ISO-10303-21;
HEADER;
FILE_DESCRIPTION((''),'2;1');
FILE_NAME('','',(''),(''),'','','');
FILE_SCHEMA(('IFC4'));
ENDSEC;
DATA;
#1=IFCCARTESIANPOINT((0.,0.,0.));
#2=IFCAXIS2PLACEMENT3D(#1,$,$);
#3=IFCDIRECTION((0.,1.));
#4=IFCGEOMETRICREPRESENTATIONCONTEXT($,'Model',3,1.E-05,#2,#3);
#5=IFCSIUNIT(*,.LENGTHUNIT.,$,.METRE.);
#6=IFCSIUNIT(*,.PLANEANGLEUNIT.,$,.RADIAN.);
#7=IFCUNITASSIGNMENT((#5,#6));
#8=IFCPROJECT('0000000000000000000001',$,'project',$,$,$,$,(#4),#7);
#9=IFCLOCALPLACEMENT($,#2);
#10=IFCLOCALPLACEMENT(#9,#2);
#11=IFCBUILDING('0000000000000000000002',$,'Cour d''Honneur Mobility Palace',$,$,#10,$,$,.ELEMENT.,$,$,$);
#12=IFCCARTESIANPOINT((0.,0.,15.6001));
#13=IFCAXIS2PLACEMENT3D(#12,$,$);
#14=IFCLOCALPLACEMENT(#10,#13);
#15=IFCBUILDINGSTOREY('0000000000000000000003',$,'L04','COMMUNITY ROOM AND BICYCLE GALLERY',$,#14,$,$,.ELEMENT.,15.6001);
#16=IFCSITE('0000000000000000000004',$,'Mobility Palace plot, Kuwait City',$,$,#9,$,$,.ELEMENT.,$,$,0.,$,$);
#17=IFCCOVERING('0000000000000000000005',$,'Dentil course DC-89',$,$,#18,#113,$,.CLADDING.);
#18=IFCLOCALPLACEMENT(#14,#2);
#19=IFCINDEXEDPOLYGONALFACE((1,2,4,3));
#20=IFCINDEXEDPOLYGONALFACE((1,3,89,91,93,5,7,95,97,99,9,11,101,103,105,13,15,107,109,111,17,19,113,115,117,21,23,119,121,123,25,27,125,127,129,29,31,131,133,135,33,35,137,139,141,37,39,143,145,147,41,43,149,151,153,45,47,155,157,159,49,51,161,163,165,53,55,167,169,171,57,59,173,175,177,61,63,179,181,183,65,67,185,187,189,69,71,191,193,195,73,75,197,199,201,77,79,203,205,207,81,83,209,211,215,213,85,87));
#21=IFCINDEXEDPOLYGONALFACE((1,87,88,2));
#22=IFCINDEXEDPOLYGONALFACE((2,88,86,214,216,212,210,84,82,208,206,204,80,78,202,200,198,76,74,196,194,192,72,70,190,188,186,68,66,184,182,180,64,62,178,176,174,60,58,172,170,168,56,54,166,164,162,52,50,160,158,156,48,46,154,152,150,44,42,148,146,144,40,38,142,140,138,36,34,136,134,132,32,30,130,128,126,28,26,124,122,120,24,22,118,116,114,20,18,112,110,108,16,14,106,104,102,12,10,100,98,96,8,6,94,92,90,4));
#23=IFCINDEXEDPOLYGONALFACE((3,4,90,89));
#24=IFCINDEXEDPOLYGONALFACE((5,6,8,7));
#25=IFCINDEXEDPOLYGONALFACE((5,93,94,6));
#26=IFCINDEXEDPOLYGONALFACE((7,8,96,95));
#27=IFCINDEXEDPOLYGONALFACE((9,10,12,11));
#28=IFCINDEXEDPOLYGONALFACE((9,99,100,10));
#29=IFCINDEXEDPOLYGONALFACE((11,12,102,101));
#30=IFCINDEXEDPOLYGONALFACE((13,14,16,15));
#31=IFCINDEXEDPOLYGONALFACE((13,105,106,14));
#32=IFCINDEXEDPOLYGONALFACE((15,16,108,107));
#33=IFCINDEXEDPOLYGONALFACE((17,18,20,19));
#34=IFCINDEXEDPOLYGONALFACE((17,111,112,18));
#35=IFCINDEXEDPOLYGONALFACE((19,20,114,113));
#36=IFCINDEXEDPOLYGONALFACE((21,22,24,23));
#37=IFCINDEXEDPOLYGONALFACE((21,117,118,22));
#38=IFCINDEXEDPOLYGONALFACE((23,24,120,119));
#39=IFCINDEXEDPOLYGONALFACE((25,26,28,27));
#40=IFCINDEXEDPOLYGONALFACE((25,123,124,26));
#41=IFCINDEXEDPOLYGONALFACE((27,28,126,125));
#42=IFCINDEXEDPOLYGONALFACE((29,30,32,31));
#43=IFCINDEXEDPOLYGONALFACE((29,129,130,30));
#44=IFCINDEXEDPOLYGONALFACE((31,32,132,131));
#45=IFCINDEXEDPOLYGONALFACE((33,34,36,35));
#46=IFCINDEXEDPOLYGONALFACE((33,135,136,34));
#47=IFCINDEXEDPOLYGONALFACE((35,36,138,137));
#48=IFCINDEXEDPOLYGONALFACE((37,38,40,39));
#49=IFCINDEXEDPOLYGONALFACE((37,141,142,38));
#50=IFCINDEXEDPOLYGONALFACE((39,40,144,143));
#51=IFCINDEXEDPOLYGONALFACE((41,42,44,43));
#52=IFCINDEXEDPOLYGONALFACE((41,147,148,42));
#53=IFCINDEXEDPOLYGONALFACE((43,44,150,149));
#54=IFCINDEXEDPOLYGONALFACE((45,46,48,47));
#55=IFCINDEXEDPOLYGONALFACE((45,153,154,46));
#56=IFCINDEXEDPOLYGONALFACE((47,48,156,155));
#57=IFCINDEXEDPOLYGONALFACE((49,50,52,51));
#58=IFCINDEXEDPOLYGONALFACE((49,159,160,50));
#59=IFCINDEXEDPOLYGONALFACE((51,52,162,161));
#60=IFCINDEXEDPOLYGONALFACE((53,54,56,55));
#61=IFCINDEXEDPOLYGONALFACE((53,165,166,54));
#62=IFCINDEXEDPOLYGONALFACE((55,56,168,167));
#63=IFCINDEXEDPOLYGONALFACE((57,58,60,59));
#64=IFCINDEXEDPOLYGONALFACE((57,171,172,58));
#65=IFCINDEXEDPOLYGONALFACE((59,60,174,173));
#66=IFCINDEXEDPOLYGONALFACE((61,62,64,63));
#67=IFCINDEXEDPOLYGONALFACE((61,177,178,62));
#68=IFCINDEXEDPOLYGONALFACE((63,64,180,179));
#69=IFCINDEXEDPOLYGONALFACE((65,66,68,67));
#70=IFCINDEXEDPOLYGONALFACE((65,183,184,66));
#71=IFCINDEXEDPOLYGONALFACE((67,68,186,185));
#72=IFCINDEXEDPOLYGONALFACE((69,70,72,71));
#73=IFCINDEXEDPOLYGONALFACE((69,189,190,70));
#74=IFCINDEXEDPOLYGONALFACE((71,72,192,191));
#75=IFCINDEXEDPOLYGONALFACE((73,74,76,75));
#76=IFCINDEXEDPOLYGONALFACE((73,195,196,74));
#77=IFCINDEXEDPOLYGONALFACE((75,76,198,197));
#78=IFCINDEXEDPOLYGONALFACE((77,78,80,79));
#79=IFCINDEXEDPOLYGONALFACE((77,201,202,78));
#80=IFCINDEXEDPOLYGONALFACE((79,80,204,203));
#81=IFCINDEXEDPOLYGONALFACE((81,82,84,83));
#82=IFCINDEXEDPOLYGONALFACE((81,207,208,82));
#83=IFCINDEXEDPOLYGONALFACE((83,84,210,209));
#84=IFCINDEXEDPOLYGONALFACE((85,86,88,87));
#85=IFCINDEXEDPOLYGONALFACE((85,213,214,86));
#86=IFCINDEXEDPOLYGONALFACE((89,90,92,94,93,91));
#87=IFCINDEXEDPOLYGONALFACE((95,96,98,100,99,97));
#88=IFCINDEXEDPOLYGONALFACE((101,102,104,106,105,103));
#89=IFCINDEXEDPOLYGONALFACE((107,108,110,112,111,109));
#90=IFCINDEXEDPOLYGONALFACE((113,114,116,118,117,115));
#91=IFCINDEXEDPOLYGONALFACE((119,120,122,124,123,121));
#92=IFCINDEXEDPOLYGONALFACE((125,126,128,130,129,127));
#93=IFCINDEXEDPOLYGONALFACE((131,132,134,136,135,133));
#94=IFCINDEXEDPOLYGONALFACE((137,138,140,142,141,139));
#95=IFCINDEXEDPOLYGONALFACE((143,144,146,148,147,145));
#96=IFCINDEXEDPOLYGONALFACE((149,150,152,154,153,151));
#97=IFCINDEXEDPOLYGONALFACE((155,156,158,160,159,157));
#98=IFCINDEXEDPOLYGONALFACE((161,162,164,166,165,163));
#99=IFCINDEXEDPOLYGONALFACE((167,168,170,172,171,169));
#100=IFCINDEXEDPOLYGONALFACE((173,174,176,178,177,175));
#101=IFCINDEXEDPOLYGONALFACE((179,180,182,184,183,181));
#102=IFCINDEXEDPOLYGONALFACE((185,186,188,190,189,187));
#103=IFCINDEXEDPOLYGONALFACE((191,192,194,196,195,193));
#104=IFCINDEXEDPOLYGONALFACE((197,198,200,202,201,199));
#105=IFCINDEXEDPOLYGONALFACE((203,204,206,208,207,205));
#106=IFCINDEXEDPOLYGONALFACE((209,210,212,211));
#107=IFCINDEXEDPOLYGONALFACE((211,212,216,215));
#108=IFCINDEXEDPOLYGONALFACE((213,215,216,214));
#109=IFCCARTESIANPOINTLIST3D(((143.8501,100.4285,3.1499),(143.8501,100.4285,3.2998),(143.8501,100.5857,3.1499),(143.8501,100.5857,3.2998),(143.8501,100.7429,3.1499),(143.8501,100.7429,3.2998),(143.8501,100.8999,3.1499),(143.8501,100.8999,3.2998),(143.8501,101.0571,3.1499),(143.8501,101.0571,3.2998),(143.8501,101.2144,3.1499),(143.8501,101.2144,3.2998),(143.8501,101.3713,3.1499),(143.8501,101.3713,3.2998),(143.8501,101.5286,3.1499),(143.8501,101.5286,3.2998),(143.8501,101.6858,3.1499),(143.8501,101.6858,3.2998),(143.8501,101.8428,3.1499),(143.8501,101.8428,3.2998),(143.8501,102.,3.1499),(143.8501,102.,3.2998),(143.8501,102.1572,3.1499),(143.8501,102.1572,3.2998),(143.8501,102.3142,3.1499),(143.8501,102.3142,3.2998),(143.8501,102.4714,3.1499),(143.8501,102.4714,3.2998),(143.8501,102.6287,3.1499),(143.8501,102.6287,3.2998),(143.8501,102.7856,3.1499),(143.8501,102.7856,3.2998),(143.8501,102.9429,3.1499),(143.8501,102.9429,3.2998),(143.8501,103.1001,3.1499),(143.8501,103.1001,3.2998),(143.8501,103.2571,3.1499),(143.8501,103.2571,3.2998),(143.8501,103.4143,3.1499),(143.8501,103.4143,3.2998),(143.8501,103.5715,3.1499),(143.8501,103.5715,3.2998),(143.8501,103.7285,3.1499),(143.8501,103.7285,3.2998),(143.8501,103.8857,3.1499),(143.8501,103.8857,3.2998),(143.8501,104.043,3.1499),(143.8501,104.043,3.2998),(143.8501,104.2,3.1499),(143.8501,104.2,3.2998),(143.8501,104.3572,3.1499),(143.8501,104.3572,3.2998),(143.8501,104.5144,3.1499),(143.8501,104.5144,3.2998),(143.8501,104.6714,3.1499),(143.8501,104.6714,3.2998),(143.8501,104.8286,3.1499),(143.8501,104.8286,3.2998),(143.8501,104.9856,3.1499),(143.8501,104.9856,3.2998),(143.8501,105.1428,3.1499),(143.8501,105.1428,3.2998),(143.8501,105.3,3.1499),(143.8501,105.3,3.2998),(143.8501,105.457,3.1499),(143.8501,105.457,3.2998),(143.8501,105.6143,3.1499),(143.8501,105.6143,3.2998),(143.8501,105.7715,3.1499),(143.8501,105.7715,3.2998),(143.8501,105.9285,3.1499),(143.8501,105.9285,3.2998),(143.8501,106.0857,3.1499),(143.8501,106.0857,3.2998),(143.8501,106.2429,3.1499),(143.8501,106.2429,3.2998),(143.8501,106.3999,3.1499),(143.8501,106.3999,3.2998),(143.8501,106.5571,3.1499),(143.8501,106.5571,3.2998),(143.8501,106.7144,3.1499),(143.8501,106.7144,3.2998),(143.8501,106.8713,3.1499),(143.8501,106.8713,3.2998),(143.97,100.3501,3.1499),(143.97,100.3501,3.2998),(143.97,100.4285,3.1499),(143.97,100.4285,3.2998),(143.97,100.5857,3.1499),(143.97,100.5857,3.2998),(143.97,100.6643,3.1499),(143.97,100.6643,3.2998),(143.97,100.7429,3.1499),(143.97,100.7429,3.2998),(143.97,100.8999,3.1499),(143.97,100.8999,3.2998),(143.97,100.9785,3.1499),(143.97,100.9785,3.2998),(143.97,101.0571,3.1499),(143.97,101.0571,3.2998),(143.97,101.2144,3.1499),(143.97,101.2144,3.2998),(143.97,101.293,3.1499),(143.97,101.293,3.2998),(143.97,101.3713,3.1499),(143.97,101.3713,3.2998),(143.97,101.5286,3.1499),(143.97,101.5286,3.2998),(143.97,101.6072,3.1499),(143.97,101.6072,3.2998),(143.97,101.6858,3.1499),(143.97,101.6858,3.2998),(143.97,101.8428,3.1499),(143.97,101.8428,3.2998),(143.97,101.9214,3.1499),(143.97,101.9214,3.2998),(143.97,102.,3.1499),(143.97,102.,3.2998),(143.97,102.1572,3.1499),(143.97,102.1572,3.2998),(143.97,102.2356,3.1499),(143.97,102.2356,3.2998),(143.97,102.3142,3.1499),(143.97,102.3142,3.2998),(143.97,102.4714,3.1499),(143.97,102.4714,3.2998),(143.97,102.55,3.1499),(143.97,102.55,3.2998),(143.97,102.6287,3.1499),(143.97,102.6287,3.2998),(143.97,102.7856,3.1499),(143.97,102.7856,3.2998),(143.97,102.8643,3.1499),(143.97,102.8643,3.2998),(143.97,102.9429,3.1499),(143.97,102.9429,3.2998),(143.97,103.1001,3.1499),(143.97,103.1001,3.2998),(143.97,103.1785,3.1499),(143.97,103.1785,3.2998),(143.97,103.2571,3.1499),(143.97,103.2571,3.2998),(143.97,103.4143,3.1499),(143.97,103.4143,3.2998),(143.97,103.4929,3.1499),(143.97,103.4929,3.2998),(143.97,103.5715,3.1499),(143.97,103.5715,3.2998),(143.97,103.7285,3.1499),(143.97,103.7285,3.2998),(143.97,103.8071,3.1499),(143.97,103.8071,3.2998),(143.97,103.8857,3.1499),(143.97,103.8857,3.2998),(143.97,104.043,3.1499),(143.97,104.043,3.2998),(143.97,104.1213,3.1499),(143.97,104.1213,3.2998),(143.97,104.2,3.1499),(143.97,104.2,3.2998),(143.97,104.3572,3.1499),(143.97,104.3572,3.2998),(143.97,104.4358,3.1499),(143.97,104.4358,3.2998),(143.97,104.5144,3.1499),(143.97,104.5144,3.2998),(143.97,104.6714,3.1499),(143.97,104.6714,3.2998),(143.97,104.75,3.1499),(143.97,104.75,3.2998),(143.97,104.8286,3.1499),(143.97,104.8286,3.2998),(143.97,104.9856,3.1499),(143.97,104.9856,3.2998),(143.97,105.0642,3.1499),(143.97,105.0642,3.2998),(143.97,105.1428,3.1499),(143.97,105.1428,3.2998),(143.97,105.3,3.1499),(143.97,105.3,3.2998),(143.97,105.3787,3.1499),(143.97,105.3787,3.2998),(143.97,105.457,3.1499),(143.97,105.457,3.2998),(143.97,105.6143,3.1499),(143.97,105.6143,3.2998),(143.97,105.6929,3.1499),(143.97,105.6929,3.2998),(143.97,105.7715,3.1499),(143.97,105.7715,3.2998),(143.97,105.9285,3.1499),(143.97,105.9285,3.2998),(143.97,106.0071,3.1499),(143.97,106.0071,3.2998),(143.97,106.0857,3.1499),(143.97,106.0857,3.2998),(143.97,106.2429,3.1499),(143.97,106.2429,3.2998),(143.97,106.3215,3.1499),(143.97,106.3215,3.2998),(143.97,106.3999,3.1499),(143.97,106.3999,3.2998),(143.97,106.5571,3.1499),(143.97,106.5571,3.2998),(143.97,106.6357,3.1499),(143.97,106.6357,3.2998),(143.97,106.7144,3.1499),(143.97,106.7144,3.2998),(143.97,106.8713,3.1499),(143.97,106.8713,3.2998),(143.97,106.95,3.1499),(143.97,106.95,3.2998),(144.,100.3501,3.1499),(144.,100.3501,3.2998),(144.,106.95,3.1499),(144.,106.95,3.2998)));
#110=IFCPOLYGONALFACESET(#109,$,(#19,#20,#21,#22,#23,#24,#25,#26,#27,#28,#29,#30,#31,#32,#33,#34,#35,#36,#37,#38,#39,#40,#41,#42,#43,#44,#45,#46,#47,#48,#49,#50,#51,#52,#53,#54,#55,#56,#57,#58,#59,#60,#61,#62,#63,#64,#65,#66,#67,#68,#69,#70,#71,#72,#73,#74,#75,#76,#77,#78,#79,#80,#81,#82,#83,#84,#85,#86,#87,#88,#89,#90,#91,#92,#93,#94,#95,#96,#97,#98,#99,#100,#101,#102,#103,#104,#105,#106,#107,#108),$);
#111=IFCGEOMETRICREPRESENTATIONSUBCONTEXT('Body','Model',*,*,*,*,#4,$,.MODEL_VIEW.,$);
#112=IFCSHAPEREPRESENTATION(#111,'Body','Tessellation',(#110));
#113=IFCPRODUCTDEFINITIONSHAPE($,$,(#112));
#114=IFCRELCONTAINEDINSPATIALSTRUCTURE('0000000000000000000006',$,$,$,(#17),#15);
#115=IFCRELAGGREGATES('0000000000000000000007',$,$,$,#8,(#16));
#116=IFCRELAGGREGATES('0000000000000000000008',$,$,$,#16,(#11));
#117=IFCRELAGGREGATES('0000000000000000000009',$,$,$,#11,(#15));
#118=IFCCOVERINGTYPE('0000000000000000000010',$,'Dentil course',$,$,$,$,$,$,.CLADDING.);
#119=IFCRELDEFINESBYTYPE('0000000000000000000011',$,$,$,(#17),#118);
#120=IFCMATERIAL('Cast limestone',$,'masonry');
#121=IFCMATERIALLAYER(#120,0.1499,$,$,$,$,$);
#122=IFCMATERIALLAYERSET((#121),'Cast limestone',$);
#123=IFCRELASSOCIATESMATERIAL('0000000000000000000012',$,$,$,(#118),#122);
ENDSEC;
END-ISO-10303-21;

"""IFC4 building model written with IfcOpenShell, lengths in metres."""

from ifc_helpers import new_model, si_unit, direction, frame, origin, place, context, subcontext, project, spatial, polyline, outline, extrude, material, layer, layer_set, type_object, element, save


model = new_model("IFC4")

# Units and contexts
model_context = context("Model", 3, precision=1e-05, world=origin(), true_north=direction((0.0, 1.0)))
body_context = subcontext(model_context, "Body", "Model", "MODEL_VIEW")
ifc_project = project(units=[si_unit("LENGTHUNIT", "METRE"), si_unit("PLANEANGLEUNIT", "RADIAN")], contexts=[model_context])

# Site, building, storey
site_placement = place(None, origin())
site = spatial("IfcSite", under=ifc_project, at=site_placement, Name="Mobility Palace plot, Kuwait City", CompositionType="ELEMENT", RefElevation=0.0)
building_placement = place(site_placement, origin())
building = spatial("IfcBuilding", under=site, at=building_placement, Name="Cour d'Honneur Mobility Palace", CompositionType="ELEMENT")
storey_placement = place(building_placement, frame((0.0, 0.0, 15.6001)))
storey = spatial("IfcBuildingStorey", under=building, at=storey_placement, Name="L04", Description="COMMUNITY ROOM AND BICYCLE GALLERY", CompositionType="ELEMENT", Elevation=15.6001)

# Covering
ifc_material = material(Name="Cast limestone", Category="masonry")
ifc_layer = layer(ifc_material, 0.1499)
ifc_layer_set = layer_set([ifc_layer], Name="Cast limestone")
covering_type = type_object("IfcCoveringType", Name="Dentil course", PredefinedType="CLADDING", material=ifc_layer_set)
covering_1_placement = place(storey_placement, frame((0.0, 0.0, 3.1499)))
element("IfcCovering", 1, at=covering_1_placement, inside=storey, type_object=covering_type, Name="Dentil course DC-89", PredefinedType="CLADDING", context=body_context, shape_type="SweptSolid", body=[
    extrude(outline(polyline([(144.0, 106.95), (144.0, 100.3501), (143.97, 100.3501), (143.97, 100.3501), (143.97, 100.4285), (143.8501, 100.4285), (143.8501, 100.5857), (143.97, 100.5857), (143.97, 100.6643), (143.97, 100.6643), (143.97, 100.7429), (143.8501, 100.7429), (143.8501, 100.8999), (143.97, 100.8999), (143.97, 100.9785), (143.97, 100.9785), (143.97, 101.0571), (143.8501, 101.0571), (143.8501, 101.2144), (143.97, 101.2144), (143.97, 101.293), (143.97, 101.293), (143.97, 101.3713), (143.8501, 101.3713), (143.8501, 101.5286), (143.97, 101.5286), (143.97, 101.6072), (143.97, 101.6072), (143.97, 101.6858), (143.8501, 101.6858), (143.8501, 101.8428), (143.97, 101.8428), (143.97, 101.9214), (143.97, 101.9214), (143.97, 102.0), (143.8501, 102.0), (143.8501, 102.1572), (143.97, 102.1572), (143.97, 102.2356), (143.97, 102.2356), (143.97, 102.3142), (143.8501, 102.3142), (143.8501, 102.4714), (143.97, 102.4714), (143.97, 102.55), (143.97, 102.55), (143.97, 102.6287), (143.8501, 102.6287), (143.8501, 102.7856), (143.97, 102.7856), (143.97, 102.8643), (143.97, 102.8643), (143.97, 102.9429), (143.8501, 102.9429), (143.8501, 103.1001), (143.97, 103.1001), (143.97, 103.1785), (143.97, 103.1785), (143.97, 103.2571), (143.8501, 103.2571), (143.8501, 103.4143), (143.97, 103.4143), (143.97, 103.4929), (143.97, 103.4929), (143.97, 103.5715), (143.8501, 103.5715), (143.8501, 103.7285), (143.97, 103.7285), (143.97, 103.8071), (143.97, 103.8071), (143.97, 103.8857), (143.8501, 103.8857), (143.8501, 104.043), (143.97, 104.043), (143.97, 104.1213), (143.97, 104.1213), (143.97, 104.2), (143.8501, 104.2), (143.8501, 104.3572), (143.97, 104.3572), (143.97, 104.4358), (143.97, 104.4358), (143.97, 104.5144), (143.8501, 104.5144), (143.8501, 104.6714), (143.97, 104.6714), (143.97, 104.75), (143.97, 104.75), (143.97, 104.8286), (143.8501, 104.8286), (143.8501, 104.9856), (143.97, 104.9856), (143.97, 105.0642), (143.97, 105.0642), (143.97, 105.1428), (143.8501, 105.1428), (143.8501, 105.3), (143.97, 105.3), (143.97, 105.3787), (143.97, 105.3787), (143.97, 105.457), (143.8501, 105.457), (143.8501, 105.6143), (143.97, 105.6143), (143.97, 105.6929), (143.97, 105.6929), (143.97, 105.7715), (143.8501, 105.7715), (143.8501, 105.9285), (143.97, 105.9285), (143.97, 106.0071), (143.97, 106.0071), (143.97, 106.0857), (143.8501, 106.0857), (143.8501, 106.2429), (143.97, 106.2429), (143.97, 106.3215), (143.97, 106.3215), (143.97, 106.3999), (143.8501, 106.3999), (143.8501, 106.5571), (143.97, 106.5571), (143.97, 106.6357), (143.97, 106.6357), (143.97, 106.7144), (143.8501, 106.7144), (143.8501, 106.8713), (143.97, 106.8713), (143.97, 106.95), (144.0, 106.95)])), origin(), (0.0, 0.0, 1.0), 0.1499),
])

save(model, "model.ifc")
